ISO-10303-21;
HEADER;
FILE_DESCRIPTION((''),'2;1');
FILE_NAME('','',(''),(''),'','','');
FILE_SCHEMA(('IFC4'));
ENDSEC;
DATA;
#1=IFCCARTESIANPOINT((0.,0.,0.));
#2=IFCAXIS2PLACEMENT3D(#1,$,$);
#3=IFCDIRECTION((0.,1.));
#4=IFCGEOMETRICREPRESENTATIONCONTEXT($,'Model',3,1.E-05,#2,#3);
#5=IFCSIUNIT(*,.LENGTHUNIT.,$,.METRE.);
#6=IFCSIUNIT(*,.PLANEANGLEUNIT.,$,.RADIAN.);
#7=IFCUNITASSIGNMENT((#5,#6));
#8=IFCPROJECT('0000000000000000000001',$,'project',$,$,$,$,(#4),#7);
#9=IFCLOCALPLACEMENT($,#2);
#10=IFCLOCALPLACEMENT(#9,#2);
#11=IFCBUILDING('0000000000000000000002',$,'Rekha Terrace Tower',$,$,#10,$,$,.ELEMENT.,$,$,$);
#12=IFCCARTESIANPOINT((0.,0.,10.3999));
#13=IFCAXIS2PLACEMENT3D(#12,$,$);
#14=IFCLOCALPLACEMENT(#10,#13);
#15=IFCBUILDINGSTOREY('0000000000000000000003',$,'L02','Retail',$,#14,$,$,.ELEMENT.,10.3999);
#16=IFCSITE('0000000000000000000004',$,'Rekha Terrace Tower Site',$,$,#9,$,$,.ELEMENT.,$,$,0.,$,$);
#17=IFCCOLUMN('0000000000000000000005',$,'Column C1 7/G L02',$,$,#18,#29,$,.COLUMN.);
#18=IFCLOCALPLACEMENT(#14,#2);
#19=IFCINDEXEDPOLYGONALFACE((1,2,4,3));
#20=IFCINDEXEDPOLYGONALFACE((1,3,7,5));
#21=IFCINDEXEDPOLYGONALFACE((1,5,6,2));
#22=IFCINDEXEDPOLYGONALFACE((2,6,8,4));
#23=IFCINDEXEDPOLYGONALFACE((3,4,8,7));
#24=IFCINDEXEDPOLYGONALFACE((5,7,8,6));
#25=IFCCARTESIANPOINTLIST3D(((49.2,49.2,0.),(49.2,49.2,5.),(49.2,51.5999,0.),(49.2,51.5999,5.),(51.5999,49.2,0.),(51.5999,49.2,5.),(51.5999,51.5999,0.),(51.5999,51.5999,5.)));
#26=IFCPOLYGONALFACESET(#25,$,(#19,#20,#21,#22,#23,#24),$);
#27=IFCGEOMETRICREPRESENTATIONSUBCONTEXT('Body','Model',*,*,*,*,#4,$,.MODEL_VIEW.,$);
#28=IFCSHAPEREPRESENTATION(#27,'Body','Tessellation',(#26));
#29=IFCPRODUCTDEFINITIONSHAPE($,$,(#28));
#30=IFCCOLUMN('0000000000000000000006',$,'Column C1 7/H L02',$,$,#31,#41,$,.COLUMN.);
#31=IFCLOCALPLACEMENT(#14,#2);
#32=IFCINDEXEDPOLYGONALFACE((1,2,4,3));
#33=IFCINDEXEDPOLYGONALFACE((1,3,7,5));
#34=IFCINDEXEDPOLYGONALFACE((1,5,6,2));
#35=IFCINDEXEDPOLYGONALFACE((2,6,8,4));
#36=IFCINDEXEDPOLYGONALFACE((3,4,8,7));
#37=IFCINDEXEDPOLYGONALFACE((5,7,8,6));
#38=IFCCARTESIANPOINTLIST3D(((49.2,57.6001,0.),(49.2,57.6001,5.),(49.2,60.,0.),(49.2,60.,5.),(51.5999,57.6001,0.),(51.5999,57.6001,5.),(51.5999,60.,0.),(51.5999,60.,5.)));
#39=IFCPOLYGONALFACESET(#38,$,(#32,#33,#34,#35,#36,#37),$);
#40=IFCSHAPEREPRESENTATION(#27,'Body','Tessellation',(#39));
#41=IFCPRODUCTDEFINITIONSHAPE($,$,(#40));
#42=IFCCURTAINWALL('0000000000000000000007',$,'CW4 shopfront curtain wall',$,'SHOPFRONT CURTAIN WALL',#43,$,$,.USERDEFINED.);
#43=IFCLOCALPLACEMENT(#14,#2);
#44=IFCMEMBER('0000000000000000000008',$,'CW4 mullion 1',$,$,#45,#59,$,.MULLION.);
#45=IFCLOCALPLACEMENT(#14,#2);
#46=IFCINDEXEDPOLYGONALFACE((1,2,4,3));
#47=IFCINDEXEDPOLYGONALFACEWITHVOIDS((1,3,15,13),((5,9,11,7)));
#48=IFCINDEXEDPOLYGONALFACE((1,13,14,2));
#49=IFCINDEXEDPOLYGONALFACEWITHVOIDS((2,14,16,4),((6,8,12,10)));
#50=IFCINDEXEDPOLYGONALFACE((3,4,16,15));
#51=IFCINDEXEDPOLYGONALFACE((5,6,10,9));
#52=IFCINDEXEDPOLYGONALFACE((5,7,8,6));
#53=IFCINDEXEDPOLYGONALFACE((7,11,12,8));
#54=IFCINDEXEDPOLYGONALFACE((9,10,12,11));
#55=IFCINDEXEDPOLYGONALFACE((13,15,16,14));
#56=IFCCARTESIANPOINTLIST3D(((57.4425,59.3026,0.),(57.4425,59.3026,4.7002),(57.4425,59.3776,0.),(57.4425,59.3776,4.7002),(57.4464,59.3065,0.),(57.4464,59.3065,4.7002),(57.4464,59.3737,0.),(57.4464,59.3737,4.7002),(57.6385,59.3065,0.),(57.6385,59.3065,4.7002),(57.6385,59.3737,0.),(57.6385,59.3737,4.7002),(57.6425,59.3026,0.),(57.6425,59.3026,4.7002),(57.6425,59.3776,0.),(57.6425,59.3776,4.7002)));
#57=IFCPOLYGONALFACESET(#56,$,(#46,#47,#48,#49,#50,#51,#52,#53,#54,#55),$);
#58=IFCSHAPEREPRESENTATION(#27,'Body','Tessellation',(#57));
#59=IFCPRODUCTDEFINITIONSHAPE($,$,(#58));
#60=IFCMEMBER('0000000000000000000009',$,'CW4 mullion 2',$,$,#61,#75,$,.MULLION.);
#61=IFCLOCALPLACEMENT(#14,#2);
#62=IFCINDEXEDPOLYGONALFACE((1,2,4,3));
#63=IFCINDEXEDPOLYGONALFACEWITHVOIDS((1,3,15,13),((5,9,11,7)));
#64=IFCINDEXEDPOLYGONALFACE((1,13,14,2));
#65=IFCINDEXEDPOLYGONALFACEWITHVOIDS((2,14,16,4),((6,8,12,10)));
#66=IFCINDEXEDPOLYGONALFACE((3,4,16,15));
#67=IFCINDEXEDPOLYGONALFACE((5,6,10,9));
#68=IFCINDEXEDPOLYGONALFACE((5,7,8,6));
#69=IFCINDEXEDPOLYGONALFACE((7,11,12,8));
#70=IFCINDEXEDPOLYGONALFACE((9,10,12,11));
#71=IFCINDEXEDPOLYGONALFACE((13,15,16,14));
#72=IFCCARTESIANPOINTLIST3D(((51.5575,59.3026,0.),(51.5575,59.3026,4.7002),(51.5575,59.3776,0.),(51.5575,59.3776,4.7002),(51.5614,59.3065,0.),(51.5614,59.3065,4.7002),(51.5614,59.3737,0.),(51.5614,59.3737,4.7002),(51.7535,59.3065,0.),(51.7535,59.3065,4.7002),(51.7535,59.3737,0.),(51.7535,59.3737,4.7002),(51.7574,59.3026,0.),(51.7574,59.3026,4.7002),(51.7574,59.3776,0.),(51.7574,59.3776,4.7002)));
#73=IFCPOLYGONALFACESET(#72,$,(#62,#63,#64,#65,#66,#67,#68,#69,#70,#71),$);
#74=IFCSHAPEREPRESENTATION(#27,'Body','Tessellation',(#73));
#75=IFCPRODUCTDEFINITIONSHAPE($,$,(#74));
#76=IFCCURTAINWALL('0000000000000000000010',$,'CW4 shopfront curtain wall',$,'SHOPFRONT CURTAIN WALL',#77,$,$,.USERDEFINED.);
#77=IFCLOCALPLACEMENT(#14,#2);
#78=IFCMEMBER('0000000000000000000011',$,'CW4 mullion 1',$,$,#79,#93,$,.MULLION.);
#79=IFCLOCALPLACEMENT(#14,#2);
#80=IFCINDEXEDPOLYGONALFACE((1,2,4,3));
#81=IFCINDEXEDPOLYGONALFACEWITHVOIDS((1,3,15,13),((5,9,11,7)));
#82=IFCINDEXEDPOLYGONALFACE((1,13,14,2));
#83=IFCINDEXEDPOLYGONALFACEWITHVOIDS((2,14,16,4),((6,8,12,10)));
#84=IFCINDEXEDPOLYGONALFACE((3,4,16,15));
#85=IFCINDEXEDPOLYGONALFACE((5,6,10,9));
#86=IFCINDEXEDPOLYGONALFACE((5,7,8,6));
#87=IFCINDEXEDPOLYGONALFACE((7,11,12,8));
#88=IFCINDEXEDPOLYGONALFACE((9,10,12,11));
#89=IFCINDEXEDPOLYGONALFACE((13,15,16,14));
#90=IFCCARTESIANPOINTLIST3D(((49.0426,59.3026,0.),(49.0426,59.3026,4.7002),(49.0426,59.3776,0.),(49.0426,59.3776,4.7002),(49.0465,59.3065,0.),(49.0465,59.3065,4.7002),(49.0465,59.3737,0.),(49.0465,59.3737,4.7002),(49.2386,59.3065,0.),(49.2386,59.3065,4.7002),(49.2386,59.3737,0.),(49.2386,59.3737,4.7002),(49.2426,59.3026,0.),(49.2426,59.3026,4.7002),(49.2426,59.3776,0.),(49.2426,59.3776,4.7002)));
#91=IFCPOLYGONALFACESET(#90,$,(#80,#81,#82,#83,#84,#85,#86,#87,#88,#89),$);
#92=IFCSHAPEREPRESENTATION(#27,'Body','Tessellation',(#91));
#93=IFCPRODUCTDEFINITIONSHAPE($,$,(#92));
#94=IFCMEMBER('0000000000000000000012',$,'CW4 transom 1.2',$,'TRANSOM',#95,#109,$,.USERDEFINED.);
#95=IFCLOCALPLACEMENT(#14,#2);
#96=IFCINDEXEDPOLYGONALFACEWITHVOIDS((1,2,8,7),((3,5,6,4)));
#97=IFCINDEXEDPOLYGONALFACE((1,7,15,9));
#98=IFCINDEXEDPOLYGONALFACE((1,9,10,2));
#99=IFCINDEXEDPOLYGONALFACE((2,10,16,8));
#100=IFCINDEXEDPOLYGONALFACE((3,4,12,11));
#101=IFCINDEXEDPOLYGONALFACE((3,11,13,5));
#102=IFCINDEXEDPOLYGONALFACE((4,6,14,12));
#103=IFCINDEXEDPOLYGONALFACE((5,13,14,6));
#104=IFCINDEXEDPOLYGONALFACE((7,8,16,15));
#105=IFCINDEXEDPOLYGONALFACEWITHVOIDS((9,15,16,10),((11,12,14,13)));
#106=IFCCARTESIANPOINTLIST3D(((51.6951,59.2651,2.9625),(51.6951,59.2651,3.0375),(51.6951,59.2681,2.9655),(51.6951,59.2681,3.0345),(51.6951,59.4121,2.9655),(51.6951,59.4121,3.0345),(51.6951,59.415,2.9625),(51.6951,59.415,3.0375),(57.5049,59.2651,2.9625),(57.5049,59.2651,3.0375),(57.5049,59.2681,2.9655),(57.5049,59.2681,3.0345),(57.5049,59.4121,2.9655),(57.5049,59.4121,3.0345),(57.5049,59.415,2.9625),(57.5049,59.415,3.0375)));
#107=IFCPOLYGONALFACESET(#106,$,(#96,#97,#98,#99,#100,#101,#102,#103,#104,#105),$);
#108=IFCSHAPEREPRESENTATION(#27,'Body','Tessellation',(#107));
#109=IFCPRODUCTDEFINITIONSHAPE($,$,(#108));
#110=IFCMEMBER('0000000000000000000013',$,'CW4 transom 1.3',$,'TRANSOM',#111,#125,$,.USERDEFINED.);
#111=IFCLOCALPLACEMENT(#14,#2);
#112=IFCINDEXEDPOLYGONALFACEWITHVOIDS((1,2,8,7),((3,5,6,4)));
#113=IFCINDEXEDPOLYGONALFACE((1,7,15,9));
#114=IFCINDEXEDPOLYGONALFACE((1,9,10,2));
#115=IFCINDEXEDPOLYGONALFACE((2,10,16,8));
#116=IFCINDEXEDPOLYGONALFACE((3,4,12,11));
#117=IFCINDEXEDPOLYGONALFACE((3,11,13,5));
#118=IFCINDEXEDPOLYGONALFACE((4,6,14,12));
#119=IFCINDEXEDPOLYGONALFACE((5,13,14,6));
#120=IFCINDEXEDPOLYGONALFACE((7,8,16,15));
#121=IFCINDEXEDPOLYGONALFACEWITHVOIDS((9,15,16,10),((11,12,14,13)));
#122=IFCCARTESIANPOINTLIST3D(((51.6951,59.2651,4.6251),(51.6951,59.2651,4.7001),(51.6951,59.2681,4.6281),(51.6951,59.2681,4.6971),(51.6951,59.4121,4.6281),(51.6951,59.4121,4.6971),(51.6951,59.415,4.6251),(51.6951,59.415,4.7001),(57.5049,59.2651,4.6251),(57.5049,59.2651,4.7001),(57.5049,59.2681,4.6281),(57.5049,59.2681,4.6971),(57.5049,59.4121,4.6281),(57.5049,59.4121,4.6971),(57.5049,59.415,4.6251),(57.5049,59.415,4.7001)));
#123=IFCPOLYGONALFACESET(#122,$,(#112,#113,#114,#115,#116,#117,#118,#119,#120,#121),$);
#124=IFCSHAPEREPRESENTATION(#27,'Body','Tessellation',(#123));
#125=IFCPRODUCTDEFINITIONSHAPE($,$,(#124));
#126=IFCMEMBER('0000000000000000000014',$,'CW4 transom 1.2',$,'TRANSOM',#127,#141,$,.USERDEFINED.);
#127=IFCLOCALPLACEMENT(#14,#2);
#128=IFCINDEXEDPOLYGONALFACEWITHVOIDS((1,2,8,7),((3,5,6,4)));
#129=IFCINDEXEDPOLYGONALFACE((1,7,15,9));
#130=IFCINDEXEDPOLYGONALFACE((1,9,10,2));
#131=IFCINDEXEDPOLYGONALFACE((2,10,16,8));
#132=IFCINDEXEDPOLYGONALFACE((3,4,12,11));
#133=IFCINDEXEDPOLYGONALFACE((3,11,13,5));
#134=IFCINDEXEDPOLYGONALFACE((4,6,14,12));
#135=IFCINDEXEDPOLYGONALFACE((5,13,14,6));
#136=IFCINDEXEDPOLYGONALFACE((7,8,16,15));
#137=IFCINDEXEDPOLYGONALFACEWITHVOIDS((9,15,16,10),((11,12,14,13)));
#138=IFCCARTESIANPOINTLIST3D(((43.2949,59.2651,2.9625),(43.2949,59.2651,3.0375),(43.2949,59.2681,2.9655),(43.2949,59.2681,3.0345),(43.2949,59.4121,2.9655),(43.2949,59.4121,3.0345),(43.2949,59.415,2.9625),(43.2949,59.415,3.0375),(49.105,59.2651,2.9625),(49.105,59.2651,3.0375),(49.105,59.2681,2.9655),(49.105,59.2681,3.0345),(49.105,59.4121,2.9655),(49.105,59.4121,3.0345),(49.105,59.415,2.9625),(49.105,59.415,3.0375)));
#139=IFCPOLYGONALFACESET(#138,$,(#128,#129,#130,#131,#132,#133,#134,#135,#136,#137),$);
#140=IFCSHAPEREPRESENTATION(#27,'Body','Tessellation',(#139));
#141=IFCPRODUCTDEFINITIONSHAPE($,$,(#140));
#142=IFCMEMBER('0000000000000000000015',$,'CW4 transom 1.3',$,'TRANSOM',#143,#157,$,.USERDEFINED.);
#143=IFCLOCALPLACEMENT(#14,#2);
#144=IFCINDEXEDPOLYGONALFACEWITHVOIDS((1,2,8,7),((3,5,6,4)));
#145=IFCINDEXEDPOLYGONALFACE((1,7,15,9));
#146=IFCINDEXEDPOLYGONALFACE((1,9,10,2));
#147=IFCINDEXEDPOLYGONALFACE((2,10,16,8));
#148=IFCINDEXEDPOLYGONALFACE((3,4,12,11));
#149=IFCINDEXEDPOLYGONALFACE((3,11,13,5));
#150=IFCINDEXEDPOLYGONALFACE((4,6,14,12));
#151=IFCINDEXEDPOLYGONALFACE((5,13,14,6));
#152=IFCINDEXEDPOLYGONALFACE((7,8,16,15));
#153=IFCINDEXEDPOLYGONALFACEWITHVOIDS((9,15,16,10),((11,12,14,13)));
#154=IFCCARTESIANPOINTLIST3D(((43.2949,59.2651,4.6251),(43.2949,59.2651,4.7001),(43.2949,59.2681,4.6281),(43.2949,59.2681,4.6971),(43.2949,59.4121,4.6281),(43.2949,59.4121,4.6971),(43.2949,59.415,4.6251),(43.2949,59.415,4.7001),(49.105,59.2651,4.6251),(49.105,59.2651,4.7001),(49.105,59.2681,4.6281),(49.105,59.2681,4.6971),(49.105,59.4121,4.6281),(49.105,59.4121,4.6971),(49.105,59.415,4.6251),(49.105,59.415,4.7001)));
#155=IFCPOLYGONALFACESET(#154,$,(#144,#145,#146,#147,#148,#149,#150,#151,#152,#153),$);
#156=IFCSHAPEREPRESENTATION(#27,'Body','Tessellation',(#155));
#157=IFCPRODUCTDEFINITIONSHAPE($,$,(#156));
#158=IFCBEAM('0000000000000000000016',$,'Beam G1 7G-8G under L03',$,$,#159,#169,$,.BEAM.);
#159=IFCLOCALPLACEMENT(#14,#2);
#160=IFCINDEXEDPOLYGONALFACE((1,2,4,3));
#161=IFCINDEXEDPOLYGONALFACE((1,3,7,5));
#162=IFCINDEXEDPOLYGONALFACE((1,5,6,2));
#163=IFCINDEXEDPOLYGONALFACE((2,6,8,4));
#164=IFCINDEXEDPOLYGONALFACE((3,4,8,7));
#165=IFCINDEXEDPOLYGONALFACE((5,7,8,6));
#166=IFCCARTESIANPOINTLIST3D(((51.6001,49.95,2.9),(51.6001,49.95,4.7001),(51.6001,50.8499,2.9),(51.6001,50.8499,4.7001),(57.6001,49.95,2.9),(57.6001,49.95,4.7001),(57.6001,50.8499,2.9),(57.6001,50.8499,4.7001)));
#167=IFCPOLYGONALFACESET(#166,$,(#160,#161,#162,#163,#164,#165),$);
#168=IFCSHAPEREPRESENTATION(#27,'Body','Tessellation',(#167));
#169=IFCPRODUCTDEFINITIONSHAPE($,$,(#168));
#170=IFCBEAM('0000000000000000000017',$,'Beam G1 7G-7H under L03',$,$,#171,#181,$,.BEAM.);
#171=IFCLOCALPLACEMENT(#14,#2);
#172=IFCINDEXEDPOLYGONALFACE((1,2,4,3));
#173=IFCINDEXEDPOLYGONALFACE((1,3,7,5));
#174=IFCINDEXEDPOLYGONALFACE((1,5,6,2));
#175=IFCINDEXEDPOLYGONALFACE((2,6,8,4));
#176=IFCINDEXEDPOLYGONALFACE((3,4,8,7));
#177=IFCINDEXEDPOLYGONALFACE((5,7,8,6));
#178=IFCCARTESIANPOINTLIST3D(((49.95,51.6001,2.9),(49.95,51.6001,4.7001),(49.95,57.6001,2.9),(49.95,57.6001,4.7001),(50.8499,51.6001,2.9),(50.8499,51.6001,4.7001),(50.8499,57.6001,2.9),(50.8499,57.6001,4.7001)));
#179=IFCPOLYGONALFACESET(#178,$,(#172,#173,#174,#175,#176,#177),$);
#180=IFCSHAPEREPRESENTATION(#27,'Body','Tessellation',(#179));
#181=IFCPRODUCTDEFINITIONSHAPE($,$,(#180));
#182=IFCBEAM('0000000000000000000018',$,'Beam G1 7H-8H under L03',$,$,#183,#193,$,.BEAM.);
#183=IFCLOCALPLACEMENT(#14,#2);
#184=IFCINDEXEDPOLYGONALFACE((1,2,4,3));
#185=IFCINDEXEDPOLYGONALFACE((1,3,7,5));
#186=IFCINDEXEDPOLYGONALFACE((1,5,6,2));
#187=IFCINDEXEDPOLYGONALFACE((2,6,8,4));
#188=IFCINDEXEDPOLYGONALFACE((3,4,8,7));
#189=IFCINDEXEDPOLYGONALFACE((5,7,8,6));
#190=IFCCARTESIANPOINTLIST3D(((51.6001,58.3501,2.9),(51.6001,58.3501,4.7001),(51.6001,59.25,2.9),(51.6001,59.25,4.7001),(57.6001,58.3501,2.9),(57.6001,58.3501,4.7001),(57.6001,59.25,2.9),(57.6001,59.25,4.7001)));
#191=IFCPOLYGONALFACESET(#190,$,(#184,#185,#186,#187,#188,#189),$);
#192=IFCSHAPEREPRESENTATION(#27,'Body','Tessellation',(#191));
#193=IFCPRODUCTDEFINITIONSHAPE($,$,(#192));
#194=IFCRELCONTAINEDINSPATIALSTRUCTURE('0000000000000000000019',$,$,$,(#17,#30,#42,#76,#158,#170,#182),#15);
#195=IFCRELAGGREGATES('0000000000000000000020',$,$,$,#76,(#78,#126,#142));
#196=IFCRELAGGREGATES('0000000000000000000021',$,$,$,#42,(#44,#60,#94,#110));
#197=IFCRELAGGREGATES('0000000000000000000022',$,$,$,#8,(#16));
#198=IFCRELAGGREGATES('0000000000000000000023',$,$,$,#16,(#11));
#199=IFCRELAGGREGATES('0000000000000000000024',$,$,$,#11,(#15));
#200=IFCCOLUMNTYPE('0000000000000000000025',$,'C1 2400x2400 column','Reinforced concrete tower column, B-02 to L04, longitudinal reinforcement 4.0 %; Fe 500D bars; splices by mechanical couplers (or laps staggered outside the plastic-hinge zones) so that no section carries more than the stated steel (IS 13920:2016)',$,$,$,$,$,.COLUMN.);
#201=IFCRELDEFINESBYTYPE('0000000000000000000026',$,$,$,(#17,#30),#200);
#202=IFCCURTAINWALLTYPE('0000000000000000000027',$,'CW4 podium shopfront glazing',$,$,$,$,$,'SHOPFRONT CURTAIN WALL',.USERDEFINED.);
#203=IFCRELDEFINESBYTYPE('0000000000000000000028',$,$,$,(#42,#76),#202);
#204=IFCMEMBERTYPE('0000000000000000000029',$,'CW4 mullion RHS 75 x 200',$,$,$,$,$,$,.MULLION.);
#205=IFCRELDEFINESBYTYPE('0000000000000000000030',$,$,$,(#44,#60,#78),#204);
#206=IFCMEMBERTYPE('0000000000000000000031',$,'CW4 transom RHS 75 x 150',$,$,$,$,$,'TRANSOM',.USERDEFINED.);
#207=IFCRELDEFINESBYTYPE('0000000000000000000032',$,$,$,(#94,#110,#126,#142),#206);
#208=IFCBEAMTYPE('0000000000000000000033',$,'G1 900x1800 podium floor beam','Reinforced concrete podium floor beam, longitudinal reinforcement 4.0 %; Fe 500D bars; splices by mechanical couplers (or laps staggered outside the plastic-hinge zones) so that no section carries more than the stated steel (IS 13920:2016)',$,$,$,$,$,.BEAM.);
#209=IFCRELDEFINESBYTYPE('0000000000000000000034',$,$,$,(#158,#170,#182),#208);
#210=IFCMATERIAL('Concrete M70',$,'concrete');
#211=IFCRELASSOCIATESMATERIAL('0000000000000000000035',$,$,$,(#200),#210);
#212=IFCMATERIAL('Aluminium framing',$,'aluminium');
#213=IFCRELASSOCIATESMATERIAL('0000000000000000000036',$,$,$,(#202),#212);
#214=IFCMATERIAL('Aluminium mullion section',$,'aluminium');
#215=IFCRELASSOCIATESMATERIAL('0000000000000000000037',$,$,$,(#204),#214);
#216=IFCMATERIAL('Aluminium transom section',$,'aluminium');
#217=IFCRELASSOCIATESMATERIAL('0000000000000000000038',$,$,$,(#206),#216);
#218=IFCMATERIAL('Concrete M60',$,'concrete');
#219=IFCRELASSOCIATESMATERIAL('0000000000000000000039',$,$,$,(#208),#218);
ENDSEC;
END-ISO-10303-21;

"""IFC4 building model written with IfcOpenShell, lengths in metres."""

from ifc_helpers import new_model, si_unit, direction, frame, origin, origin_2d, place, context, subcontext, project, spatial, rectangle, hollow_rectangle, extrude, material, material_profile, profile_set, type_object, element, aggregate, save


model = new_model("IFC4")

# Units and contexts
model_context = context("Model", 3, precision=1e-05, world=origin(), true_north=direction((0.0, 1.0)))
body_context = subcontext(model_context, "Body", "Model", "MODEL_VIEW")
ifc_project = project(units=[si_unit("LENGTHUNIT", "METRE"), si_unit("PLANEANGLEUNIT", "RADIAN")], contexts=[model_context])

# Site, building, storey
site_placement = place(None, origin())
site = spatial("IfcSite", under=ifc_project, at=site_placement, Name="Rekha Terrace Tower Site", CompositionType="ELEMENT", RefElevation=0.0)
building_placement = place(site_placement, origin())
building = spatial("IfcBuilding", under=site, at=building_placement, Name="Rekha Terrace Tower", CompositionType="ELEMENT")
storey_placement = place(building_placement, frame((0.0, 0.0, 10.3999)))
storey = spatial("IfcBuildingStorey", under=building, at=storey_placement, Name="L02", Description="Retail", CompositionType="ELEMENT", Elevation=10.3999)

# Columns
ifc_material_1 = material(Name="Concrete M70", Category="concrete")
ifc_material_profile_1 = material_profile(ifc_material_1, rectangle(XDim=2.3999, YDim=2.3999, at=origin_2d()), Name="RC 2400x2400")
ifc_profile_set_1 = profile_set([ifc_material_profile_1], Name="Concrete M70")
column_type = type_object("IfcColumnType", Name="C1 2400x2400 column", Description="Reinforced concrete tower column, B-02 to L04, longitudinal reinforcement 4.0 %; Fe 500D bars; splices by mechanical couplers (or laps staggered outside the plastic-hinge zones) so that no section carries more than the stated steel (IS 13920:2016)", PredefinedType="COLUMN", material=ifc_profile_set_1)
for number, where, z_axis, x_axis, name in (
    (1, (50.3999, 50.3999, 0.0), (0.0, 0.0, 1.0), (1.0, 0.0, 0.0), "Column C1 7/G L02"),
    (2, (50.3999, 58.8, 0.0), (0.0, 0.0, 1.0), (1.0, 0.0, 0.0), "Column C1 7/H L02"),
):
    element("IfcColumn", number, at=place(storey_placement, frame(where, z_axis=z_axis, x_axis=x_axis)), inside=storey, type_object=column_type, Name=name, PredefinedType="COLUMN", context=body_context, shape_type="SweptSolid", body=[
        extrude(rectangle(XDim=2.3999, YDim=2.3999, at=origin_2d()), origin(), (0.0, 0.0, 1.0), 5.0),
    ])

# Curtain wall, members
ifc_material_2 = material(Name="Aluminium framing", Category="aluminium")
curtain_wall_type = type_object("IfcCurtainWallType", Name="CW4 podium shopfront glazing", ElementType="SHOPFRONT CURTAIN WALL", PredefinedType="USERDEFINED", material=ifc_material_2)
curtain_wall_1_placement = place(storey_placement, origin())
curtain_wall_1 = element("IfcCurtainWall", 3, at=curtain_wall_1_placement, inside=storey, type_object=curtain_wall_type, Name="CW4 shopfront curtain wall", ObjectType="SHOPFRONT CURTAIN WALL", PredefinedType="USERDEFINED")
ifc_material_3 = material(Name="Aluminium mullion section", Category="aluminium")
ifc_material_profile_2 = material_profile(ifc_material_3, hollow_rectangle(XDim=0.075, YDim=0.2, WallThickness=0.0039, at=origin_2d()), Name="AL RHS 75x200")
ifc_profile_set_2 = profile_set([ifc_material_profile_2], Name="Aluminium mullion section")
member_type_1 = type_object("IfcMemberType", Name="CW4 mullion RHS 75 x 200", PredefinedType="MULLION", material=ifc_profile_set_2)
member_1_placement = place(storey_placement, frame((57.5425, 59.3401, 0.0), z_axis=(0.0, 0.0, 1.0), x_axis=(0.0, -1.0, 0.0)))
member_1 = element("IfcMember", 4, at=member_1_placement, type_object=member_type_1, Name="CW4 mullion 1", PredefinedType="MULLION", context=body_context, shape_type="SweptSolid", body=[
    extrude(hollow_rectangle(XDim=0.075, YDim=0.2, WallThickness=0.0039, at=origin_2d()), origin(), (0.0, 0.0, 1.0), 4.7002),
])
member_2_placement = place(storey_placement, frame((51.6575, 59.3401, 0.0), z_axis=(0.0, 0.0, 1.0), x_axis=(0.0, -1.0, 0.0)))
member_2 = element("IfcMember", 5, at=member_2_placement, type_object=member_type_1, Name="CW4 mullion 2", PredefinedType="MULLION", context=body_context, shape_type="SweptSolid", body=[
    extrude(hollow_rectangle(XDim=0.075, YDim=0.2, WallThickness=0.0039, at=origin_2d()), origin(), (0.0, 0.0, 1.0), 4.7002),
])

# Curtain wall, member
curtain_wall_2_placement = place(storey_placement, origin())
curtain_wall_2 = element("IfcCurtainWall", 6, at=curtain_wall_2_placement, inside=storey, type_object=curtain_wall_type, Name="CW4 shopfront curtain wall", ObjectType="SHOPFRONT CURTAIN WALL", PredefinedType="USERDEFINED")
member_3_placement = place(storey_placement, frame((49.1426, 59.3401, 0.0), z_axis=(0.0, 0.0, 1.0), x_axis=(0.0, -1.0, 0.0)))
member_3 = element("IfcMember", 7, at=member_3_placement, type_object=member_type_1, Name="CW4 mullion 1", PredefinedType="MULLION", context=body_context, shape_type="SweptSolid", body=[
    extrude(hollow_rectangle(XDim=0.075, YDim=0.2, WallThickness=0.0039, at=origin_2d()), origin(), (0.0, 0.0, 1.0), 4.7002),
])

# Members
ifc_material_4 = material(Name="Aluminium transom section", Category="aluminium")
ifc_material_profile_3 = material_profile(ifc_material_4, hollow_rectangle(XDim=0.1499, YDim=0.075, WallThickness=0.0029, at=origin_2d()), Name="AL RHS 150x75")
ifc_profile_set_3 = profile_set([ifc_material_profile_3], Name="Aluminium transom section")
member_type_2 = type_object("IfcMemberType", Name="CW4 transom RHS 75 x 150", ElementType="TRANSOM", PredefinedType="USERDEFINED", material=ifc_profile_set_3)
member_4_placement = place(storey_placement, frame((57.5049, 59.3401, 3.0), z_axis=(-1.0, 0.0, 0.0), x_axis=(0.0, -1.0, 0.0)))
member_4 = element("IfcMember", 8, at=member_4_placement, type_object=member_type_2, Name="CW4 transom 1.2", ObjectType="TRANSOM", PredefinedType="USERDEFINED", context=body_context, shape_type="SweptSolid", body=[
    extrude(hollow_rectangle(XDim=0.1499, YDim=0.075, WallThickness=0.0029, at=origin_2d()), origin(), (0.0, 0.0, 1.0), 5.8098),
])
member_5_placement = place(storey_placement, frame((57.5049, 59.3401, 4.6626), z_axis=(-1.0, 0.0, 0.0), x_axis=(0.0, -1.0, 0.0)))
member_5 = element("IfcMember", 9, at=member_5_placement, type_object=member_type_2, Name="CW4 transom 1.3", ObjectType="TRANSOM", PredefinedType="USERDEFINED", context=body_context, shape_type="SweptSolid", body=[
    extrude(hollow_rectangle(XDim=0.1499, YDim=0.075, WallThickness=0.0029, at=origin_2d()), origin(), (0.0, 0.0, 1.0), 5.8098),
])
member_6_placement = place(storey_placement, frame((49.105, 59.3401, 3.0), z_axis=(-1.0, 0.0, 0.0), x_axis=(0.0, -1.0, 0.0)))
member_6 = element("IfcMember", 10, at=member_6_placement, type_object=member_type_2, Name="CW4 transom 1.2", ObjectType="TRANSOM", PredefinedType="USERDEFINED", context=body_context, shape_type="SweptSolid", body=[
    extrude(hollow_rectangle(XDim=0.1499, YDim=0.075, WallThickness=0.0029, at=origin_2d()), origin(), (0.0, 0.0, 1.0), 5.8101),
])
member_7_placement = place(storey_placement, frame((49.105, 59.3401, 4.6626), z_axis=(-1.0, 0.0, 0.0), x_axis=(0.0, -1.0, 0.0)))
member_7 = element("IfcMember", 11, at=member_7_placement, type_object=member_type_2, Name="CW4 transom 1.3", ObjectType="TRANSOM", PredefinedType="USERDEFINED", context=body_context, shape_type="SweptSolid", body=[
    extrude(hollow_rectangle(XDim=0.1499, YDim=0.075, WallThickness=0.0029, at=origin_2d()), origin(), (0.0, 0.0, 1.0), 5.8101),
])
aggregate(curtain_wall_2, [member_3, member_6, member_7])

# Beams
ifc_material_5 = material(Name="Concrete M60", Category="concrete")
ifc_material_profile_4 = material_profile(ifc_material_5, rectangle(XDim=0.8999, YDim=1.8, at=origin_2d()), Name="RC 900x1800")
ifc_profile_set_4 = profile_set([ifc_material_profile_4], Name="Concrete M60")
beam_type = type_object("IfcBeamType", Name="G1 900x1800 podium floor beam", Description="Reinforced concrete podium floor beam, longitudinal reinforcement 4.0 %; Fe 500D bars; splices by mechanical couplers (or laps staggered outside the plastic-hinge zones) so that no section carries more than the stated steel (IS 13920:2016)", PredefinedType="BEAM", material=ifc_profile_set_4)
for number, where, z_axis, x_axis, name in (
    (12, (51.6001, 50.3999, 3.8), (1.0, 0.0, 0.0), (0.0, 1.0, 0.0), "Beam G1 7G-8G under L03"),
    (13, (50.3999, 51.6001, 3.8), (0.0, 1.0, 0.0), (-1.0, 0.0, 0.0), "Beam G1 7G-7H under L03"),
    (14, (51.6001, 58.8, 3.8), (1.0, 0.0, 0.0), (0.0, 1.0, 0.0), "Beam G1 7H-8H under L03"),
):
    element("IfcBeam", number, at=place(storey_placement, frame(where, z_axis=z_axis, x_axis=x_axis)), inside=storey, type_object=beam_type, Name=name, PredefinedType="BEAM", context=body_context, shape_type="SweptSolid", body=[
        extrude(rectangle(XDim=0.8999, YDim=1.8, at=origin_2d()), origin(), (0.0, 0.0, 1.0), 6.0),
    ])

aggregate(curtain_wall_1, [member_1, member_2, member_4, member_5])

save(model, "model.ifc")
